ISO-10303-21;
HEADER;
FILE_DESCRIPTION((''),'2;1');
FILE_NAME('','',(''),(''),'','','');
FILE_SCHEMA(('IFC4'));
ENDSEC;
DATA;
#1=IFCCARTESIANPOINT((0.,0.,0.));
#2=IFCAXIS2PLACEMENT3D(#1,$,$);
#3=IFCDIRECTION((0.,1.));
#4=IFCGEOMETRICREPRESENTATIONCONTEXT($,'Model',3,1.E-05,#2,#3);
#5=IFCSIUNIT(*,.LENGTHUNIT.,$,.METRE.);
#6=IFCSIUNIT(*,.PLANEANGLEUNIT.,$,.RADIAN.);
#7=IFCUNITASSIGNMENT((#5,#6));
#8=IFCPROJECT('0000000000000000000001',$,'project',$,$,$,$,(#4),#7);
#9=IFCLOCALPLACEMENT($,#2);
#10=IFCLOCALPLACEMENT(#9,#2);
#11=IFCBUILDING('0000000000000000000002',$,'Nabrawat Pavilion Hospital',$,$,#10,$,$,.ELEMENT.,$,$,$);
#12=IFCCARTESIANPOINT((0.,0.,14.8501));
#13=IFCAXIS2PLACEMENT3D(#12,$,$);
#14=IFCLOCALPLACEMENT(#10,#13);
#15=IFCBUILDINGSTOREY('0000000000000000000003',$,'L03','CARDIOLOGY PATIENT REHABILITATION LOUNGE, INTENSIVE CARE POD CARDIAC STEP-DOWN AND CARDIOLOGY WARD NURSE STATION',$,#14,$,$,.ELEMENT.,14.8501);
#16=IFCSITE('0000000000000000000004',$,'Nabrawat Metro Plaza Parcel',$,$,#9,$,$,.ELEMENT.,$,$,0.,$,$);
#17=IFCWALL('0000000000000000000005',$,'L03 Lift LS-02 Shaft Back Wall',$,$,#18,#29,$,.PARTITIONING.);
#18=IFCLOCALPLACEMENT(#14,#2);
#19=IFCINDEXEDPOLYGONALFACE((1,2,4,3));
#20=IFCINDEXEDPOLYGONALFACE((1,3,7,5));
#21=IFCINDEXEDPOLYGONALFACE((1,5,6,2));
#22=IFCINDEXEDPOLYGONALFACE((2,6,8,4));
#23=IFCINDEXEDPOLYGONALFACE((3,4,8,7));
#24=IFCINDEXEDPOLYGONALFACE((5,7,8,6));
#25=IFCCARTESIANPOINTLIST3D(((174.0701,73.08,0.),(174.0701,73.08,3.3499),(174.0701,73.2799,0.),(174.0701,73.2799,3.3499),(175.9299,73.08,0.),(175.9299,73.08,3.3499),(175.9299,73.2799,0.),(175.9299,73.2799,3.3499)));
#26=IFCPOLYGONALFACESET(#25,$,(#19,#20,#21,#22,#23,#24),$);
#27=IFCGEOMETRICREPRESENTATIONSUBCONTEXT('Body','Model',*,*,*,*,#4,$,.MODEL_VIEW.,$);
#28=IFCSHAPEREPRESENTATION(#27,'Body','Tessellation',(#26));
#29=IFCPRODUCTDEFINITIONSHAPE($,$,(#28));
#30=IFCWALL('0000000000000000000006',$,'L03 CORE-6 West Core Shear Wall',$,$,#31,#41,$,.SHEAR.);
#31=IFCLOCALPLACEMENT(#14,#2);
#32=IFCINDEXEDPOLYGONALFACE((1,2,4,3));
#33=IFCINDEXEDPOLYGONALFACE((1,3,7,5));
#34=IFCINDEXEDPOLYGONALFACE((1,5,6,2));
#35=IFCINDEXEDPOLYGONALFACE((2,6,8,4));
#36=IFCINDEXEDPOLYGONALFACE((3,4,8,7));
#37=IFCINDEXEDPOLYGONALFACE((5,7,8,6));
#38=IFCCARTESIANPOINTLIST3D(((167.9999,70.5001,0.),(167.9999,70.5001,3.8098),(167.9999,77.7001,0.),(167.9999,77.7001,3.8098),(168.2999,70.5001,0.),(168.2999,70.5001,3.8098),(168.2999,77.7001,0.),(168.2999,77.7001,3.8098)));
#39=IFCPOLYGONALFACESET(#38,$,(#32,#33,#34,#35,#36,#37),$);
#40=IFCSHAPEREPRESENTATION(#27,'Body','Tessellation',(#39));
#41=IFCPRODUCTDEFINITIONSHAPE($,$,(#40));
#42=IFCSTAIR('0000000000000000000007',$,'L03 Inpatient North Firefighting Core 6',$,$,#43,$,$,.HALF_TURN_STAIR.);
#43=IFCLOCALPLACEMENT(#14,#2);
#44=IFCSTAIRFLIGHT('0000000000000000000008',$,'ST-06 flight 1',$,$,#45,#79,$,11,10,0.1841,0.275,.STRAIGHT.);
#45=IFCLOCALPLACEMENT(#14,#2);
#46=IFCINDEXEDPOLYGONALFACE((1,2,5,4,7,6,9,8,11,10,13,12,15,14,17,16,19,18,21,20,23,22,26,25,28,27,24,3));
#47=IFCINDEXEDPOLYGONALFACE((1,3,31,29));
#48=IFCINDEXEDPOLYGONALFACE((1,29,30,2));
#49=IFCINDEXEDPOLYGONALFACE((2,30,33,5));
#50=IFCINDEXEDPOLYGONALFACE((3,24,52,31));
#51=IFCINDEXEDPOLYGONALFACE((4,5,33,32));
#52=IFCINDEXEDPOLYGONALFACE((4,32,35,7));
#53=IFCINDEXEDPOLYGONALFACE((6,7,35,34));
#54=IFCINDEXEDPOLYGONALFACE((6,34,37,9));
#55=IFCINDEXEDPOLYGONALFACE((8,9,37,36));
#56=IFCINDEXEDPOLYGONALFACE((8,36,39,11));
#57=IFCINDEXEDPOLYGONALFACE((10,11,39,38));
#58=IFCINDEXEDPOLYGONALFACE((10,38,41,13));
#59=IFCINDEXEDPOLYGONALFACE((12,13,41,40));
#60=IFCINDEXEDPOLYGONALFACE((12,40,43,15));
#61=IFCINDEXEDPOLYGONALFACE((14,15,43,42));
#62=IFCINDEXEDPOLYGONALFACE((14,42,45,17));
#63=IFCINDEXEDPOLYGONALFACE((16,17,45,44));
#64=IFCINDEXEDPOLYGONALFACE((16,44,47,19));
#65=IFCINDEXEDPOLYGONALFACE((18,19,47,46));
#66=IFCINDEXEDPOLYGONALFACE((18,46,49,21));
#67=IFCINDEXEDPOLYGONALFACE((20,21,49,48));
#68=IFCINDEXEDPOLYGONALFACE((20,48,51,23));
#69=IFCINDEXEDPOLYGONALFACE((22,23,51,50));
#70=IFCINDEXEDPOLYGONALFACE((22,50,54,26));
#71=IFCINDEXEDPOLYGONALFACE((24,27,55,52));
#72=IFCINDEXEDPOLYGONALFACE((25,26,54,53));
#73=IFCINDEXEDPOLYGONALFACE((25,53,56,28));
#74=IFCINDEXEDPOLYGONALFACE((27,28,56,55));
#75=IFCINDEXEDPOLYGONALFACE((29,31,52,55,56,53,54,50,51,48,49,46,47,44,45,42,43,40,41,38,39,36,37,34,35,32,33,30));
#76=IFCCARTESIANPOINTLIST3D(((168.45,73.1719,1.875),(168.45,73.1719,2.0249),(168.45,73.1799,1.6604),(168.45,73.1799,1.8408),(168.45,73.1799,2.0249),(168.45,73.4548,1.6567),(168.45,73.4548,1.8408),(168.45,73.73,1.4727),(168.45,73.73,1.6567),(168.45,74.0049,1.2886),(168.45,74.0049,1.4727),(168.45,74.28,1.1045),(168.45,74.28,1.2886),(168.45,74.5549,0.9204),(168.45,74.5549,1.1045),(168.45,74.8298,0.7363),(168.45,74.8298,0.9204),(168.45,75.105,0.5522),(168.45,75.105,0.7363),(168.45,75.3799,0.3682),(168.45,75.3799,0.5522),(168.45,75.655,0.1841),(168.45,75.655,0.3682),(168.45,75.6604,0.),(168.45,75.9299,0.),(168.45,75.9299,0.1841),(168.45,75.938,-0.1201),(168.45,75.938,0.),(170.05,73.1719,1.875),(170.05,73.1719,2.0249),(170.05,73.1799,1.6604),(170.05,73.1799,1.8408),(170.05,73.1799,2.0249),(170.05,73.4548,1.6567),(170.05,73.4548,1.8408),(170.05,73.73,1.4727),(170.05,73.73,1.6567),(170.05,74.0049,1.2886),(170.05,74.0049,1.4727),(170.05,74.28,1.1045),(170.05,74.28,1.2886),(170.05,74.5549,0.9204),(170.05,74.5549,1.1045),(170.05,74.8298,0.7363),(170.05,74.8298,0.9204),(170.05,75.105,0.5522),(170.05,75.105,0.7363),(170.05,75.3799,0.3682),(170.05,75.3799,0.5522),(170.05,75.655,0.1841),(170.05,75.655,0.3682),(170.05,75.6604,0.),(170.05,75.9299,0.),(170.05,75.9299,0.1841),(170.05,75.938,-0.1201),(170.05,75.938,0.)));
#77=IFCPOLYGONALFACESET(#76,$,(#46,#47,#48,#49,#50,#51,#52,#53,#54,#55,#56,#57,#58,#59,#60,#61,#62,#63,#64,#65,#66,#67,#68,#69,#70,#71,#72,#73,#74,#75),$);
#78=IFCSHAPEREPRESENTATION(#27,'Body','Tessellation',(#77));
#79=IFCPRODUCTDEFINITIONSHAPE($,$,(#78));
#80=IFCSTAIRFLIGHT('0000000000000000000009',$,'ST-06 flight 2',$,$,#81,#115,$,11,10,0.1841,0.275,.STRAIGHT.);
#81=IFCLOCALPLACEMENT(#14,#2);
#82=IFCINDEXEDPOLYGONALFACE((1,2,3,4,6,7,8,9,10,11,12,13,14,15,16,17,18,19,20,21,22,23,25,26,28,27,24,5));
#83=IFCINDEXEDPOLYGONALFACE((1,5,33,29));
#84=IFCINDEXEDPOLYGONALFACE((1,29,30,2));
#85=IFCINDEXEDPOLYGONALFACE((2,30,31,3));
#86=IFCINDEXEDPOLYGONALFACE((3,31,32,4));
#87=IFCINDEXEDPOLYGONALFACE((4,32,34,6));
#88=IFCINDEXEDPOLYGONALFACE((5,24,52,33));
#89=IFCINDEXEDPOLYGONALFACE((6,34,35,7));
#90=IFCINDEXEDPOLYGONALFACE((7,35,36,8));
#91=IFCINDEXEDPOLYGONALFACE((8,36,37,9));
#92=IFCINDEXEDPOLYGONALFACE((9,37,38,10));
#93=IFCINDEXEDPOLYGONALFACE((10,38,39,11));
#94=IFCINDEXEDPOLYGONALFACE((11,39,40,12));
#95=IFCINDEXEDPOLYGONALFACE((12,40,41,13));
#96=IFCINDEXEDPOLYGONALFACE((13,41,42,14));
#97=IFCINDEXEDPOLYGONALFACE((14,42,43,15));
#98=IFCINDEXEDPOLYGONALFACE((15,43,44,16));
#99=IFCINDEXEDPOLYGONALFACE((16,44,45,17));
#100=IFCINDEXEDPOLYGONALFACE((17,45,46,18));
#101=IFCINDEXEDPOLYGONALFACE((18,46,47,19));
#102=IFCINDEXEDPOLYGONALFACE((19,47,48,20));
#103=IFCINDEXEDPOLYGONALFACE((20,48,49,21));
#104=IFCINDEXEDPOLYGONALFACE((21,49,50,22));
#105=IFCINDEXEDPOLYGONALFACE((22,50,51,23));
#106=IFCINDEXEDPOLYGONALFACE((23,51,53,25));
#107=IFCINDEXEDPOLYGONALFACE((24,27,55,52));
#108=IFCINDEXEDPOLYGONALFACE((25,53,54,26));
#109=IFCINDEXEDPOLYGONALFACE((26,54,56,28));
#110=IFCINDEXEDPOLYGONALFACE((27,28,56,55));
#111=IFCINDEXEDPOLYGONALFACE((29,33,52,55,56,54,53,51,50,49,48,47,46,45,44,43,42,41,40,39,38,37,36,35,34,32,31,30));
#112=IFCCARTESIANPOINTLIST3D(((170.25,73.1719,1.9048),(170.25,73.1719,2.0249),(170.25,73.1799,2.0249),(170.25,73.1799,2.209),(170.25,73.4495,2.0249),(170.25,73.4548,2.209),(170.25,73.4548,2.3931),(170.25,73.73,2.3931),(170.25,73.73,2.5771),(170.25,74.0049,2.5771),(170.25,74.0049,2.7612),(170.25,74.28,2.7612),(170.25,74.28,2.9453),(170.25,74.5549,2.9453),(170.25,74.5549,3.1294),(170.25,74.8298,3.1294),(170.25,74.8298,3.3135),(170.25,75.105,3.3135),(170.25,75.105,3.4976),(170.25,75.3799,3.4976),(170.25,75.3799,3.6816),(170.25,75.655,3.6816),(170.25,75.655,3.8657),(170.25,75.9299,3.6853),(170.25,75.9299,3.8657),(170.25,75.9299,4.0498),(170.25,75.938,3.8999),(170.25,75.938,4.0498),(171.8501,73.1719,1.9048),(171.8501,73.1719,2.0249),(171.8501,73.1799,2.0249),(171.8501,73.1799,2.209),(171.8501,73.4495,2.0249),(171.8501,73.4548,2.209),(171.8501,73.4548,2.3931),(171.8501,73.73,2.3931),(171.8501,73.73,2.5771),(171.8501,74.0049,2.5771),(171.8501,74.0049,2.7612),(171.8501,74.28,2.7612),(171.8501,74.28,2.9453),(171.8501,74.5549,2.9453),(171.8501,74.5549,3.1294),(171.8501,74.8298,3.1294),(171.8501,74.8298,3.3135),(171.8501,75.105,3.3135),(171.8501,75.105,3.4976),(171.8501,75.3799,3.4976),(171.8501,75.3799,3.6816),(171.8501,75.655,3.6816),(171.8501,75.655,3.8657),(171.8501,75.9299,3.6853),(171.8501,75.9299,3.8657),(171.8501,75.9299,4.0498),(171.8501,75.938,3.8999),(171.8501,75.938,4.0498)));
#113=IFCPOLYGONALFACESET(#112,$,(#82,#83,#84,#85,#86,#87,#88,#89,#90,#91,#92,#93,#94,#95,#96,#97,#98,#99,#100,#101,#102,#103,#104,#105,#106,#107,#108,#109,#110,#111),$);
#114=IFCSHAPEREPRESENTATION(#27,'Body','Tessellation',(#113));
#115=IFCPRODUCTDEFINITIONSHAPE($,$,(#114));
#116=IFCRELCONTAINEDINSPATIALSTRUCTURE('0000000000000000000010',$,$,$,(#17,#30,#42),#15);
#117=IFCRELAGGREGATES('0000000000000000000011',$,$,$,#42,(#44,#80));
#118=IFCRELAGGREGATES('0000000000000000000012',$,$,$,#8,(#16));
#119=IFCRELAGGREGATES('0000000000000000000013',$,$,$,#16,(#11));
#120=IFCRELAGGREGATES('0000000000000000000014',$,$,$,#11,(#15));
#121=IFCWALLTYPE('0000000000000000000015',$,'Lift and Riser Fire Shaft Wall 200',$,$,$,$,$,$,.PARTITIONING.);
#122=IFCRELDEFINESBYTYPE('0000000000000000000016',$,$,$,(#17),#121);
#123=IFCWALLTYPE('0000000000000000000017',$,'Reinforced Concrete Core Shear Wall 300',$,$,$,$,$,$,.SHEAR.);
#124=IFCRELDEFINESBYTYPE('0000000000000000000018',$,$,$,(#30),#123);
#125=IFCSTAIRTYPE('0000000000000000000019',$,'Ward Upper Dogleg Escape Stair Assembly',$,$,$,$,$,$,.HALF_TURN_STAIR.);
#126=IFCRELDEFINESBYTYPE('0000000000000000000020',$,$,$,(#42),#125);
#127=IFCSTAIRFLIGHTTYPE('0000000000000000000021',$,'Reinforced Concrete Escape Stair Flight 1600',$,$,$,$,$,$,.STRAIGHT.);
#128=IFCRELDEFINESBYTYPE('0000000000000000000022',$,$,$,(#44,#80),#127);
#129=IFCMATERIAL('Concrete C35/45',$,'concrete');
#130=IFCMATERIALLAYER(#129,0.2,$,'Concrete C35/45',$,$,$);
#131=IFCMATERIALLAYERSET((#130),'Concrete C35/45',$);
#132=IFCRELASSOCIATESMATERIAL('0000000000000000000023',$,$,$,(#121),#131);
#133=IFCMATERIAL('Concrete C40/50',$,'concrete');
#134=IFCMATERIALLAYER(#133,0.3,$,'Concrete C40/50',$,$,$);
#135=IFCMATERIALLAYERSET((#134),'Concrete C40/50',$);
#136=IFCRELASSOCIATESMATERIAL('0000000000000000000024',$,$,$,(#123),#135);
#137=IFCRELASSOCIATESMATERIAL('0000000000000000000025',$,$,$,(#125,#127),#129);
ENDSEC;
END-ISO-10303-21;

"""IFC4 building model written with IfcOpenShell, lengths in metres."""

from ifc_helpers import new_model, si_unit, direction, frame, frame_2d, origin, place, context, subcontext, project, spatial, polyline, rectangle, outline, extrude, material, layer, layer_set, type_object, element, aggregate, save


model = new_model("IFC4")

# Units and contexts
model_context = context("Model", 3, precision=1e-05, world=origin(), true_north=direction((0.0, 1.0)))
body_context = subcontext(model_context, "Body", "Model", "MODEL_VIEW")
ifc_project = project(units=[si_unit("LENGTHUNIT", "METRE"), si_unit("PLANEANGLEUNIT", "RADIAN")], contexts=[model_context])

# Site, building, storey
site_placement = place(None, origin())
site = spatial("IfcSite", under=ifc_project, at=site_placement, Name="Nabrawat Metro Plaza Parcel", CompositionType="ELEMENT", RefElevation=0.0)
building_placement = place(site_placement, origin())
building = spatial("IfcBuilding", under=site, at=building_placement, Name="Nabrawat Pavilion Hospital", CompositionType="ELEMENT")
storey_placement = place(building_placement, frame((0.0, 0.0, 14.8501)))
storey = spatial("IfcBuildingStorey", under=building, at=storey_placement, Name="L03", Description="CARDIOLOGY PATIENT REHABILITATION LOUNGE, INTENSIVE CARE POD CARDIAC STEP-DOWN AND CARDIOLOGY WARD NURSE STATION", CompositionType="ELEMENT", Elevation=14.8501)

# Walls
ifc_material_1 = material(Name="Concrete C35/45", Category="concrete")
ifc_layer_1 = layer(ifc_material_1, 0.2, Name="Concrete C35/45")
ifc_layer_set_1 = layer_set([ifc_layer_1], Name="Concrete C35/45")
wall_type_1 = type_object("IfcWallType", Name="Lift and Riser Fire Shaft Wall 200", PredefinedType="PARTITIONING", material=ifc_layer_set_1)
wall_1_placement = place(storey_placement, frame((174.0701, 73.1799, 0.0), z_axis=(0.0, 0.0, 1.0), x_axis=(1.0, 0.0, 0.0)))
element("IfcWall", 1, at=wall_1_placement, inside=storey, type_object=wall_type_1, Name="L03 Lift LS-02 Shaft Back Wall", PredefinedType="PARTITIONING", context=body_context, shape_type="SweptSolid", body=[
    extrude(rectangle(XDim=1.8599, YDim=0.2, at=frame_2d((0.9299, 0.0))), origin(), (0.0, 0.0, 1.0), 3.3499),
])
ifc_material_2 = material(Name="Concrete C40/50", Category="concrete")
ifc_layer_2 = layer(ifc_material_2, 0.3, Name="Concrete C40/50")
ifc_layer_set_2 = layer_set([ifc_layer_2], Name="Concrete C40/50")
wall_type_2 = type_object("IfcWallType", Name="Reinforced Concrete Core Shear Wall 300", PredefinedType="SHEAR", material=ifc_layer_set_2)
wall_2_placement = place(storey_placement, frame((168.1499, 70.5, 0.0), z_axis=(0.0, 0.0, 1.0), x_axis=(0.0, 1.0, 0.0)))
element("IfcWall", 2, at=wall_2_placement, inside=storey, type_object=wall_type_2, Name="L03 CORE-6 West Core Shear Wall", PredefinedType="SHEAR", context=body_context, shape_type="SweptSolid", body=[
    extrude(rectangle(XDim=7.2, YDim=0.3, at=frame_2d((3.6001, 0.0))), origin(), (0.0, 0.0, 1.0), 3.8098),
])

# Stair, stair flights
stair_type = type_object("IfcStairType", Name="Ward Upper Dogleg Escape Stair Assembly", PredefinedType="HALF_TURN_STAIR", material=ifc_material_1)
stair_placement = place(storey_placement, origin())
stair = element("IfcStair", 3, at=stair_placement, inside=storey, type_object=stair_type, Name="L03 Inpatient North Firefighting Core 6", PredefinedType="HALF_TURN_STAIR")
stair_flight_type = type_object("IfcStairFlightType", Name="Reinforced Concrete Escape Stair Flight 1600", PredefinedType="STRAIGHT", material=ifc_material_1)
stair_flight_1_placement = place(storey_placement, frame((169.25, 75.9299, 0.0), z_axis=(0.0, 0.0, 1.0), x_axis=(0.0, -1.0, 0.0)))
stair_flight_1 = element("IfcStairFlight", 4, at=stair_flight_1_placement, type_object=stair_flight_type, Name="ST-06 flight 1", NumberOfRisers=11, NumberOfTreads=10, PredefinedType="STRAIGHT", RiserHeight=0.1841, TreadLength=0.275, context=body_context, shape_type="SweptSolid", body=[
    extrude(outline(polyline([(-0.0081, 0.0), (0.0, 0.0), (0.0, 0.1841), (0.2749, 0.1841), (0.2749, 0.3682), (0.55, 0.3682), (0.55, 0.5522), (0.825, 0.5522), (0.825, 0.7363), (1.1001, 0.7363), (1.1001, 0.9204), (1.375, 0.9204), (1.375, 1.1045), (1.6499, 1.1045), (1.6499, 1.2886), (1.925, 1.2886), (1.925, 1.4727), (2.2, 1.4727), (2.2, 1.6567), (2.4751, 1.6567), (2.4751, 1.8408), (2.75, 1.8408), (2.75, 2.0249), (2.7581, 2.0249), (2.7581, 1.875), (2.75, 1.6604), (0.2695, 0.0), (-0.0081, -0.1201), (-0.0081, 0.0)])), frame((0.0, 0.8, 0.0), z_axis=(0.0, -1.0, 0.0), x_axis=(1.0, 0.0, 0.0)), (0.0, 0.0, 1.0), 1.6001),
])
stair_flight_2_placement = place(storey_placement, frame((171.05, 73.1799, 2.0249), z_axis=(0.0, 0.0, 1.0), x_axis=(0.0, 1.0, 0.0)))
stair_flight_2 = element("IfcStairFlight", 5, at=stair_flight_2_placement, type_object=stair_flight_type, Name="ST-06 flight 2", NumberOfRisers=11, NumberOfTreads=10, PredefinedType="STRAIGHT", RiserHeight=0.1841, TreadLength=0.275, context=body_context, shape_type="SweptSolid", body=[
    extrude(outline(polyline([(-0.0081, 0.0), (0.0, 0.0), (0.0, 0.1841), (0.2749, 0.1841), (0.2749, 0.3682), (0.55, 0.3682), (0.55, 0.5522), (0.825, 0.5522), (0.825, 0.7363), (1.1001, 0.7363), (1.1001, 0.9204), (1.375, 0.9204), (1.375, 1.1045), (1.6499, 1.1045), (1.6499, 1.2886), (1.925, 1.2886), (1.925, 1.4727), (2.2, 1.4727), (2.2, 1.6567), (2.4751, 1.6567), (2.4751, 1.8408), (2.75, 1.8408), (2.75, 2.0249), (2.7581, 2.0249), (2.7581, 1.875), (2.75, 1.6604), (0.2695, 0.0), (-0.0081, -0.1201), (-0.0081, 0.0)])), frame((0.0, 0.8, 0.0), z_axis=(0.0, -1.0, 0.0), x_axis=(1.0, 0.0, 0.0)), (0.0, 0.0, 1.0), 1.6001),
])
aggregate(stair, [stair_flight_1, stair_flight_2])

save(model, "model.ifc")
